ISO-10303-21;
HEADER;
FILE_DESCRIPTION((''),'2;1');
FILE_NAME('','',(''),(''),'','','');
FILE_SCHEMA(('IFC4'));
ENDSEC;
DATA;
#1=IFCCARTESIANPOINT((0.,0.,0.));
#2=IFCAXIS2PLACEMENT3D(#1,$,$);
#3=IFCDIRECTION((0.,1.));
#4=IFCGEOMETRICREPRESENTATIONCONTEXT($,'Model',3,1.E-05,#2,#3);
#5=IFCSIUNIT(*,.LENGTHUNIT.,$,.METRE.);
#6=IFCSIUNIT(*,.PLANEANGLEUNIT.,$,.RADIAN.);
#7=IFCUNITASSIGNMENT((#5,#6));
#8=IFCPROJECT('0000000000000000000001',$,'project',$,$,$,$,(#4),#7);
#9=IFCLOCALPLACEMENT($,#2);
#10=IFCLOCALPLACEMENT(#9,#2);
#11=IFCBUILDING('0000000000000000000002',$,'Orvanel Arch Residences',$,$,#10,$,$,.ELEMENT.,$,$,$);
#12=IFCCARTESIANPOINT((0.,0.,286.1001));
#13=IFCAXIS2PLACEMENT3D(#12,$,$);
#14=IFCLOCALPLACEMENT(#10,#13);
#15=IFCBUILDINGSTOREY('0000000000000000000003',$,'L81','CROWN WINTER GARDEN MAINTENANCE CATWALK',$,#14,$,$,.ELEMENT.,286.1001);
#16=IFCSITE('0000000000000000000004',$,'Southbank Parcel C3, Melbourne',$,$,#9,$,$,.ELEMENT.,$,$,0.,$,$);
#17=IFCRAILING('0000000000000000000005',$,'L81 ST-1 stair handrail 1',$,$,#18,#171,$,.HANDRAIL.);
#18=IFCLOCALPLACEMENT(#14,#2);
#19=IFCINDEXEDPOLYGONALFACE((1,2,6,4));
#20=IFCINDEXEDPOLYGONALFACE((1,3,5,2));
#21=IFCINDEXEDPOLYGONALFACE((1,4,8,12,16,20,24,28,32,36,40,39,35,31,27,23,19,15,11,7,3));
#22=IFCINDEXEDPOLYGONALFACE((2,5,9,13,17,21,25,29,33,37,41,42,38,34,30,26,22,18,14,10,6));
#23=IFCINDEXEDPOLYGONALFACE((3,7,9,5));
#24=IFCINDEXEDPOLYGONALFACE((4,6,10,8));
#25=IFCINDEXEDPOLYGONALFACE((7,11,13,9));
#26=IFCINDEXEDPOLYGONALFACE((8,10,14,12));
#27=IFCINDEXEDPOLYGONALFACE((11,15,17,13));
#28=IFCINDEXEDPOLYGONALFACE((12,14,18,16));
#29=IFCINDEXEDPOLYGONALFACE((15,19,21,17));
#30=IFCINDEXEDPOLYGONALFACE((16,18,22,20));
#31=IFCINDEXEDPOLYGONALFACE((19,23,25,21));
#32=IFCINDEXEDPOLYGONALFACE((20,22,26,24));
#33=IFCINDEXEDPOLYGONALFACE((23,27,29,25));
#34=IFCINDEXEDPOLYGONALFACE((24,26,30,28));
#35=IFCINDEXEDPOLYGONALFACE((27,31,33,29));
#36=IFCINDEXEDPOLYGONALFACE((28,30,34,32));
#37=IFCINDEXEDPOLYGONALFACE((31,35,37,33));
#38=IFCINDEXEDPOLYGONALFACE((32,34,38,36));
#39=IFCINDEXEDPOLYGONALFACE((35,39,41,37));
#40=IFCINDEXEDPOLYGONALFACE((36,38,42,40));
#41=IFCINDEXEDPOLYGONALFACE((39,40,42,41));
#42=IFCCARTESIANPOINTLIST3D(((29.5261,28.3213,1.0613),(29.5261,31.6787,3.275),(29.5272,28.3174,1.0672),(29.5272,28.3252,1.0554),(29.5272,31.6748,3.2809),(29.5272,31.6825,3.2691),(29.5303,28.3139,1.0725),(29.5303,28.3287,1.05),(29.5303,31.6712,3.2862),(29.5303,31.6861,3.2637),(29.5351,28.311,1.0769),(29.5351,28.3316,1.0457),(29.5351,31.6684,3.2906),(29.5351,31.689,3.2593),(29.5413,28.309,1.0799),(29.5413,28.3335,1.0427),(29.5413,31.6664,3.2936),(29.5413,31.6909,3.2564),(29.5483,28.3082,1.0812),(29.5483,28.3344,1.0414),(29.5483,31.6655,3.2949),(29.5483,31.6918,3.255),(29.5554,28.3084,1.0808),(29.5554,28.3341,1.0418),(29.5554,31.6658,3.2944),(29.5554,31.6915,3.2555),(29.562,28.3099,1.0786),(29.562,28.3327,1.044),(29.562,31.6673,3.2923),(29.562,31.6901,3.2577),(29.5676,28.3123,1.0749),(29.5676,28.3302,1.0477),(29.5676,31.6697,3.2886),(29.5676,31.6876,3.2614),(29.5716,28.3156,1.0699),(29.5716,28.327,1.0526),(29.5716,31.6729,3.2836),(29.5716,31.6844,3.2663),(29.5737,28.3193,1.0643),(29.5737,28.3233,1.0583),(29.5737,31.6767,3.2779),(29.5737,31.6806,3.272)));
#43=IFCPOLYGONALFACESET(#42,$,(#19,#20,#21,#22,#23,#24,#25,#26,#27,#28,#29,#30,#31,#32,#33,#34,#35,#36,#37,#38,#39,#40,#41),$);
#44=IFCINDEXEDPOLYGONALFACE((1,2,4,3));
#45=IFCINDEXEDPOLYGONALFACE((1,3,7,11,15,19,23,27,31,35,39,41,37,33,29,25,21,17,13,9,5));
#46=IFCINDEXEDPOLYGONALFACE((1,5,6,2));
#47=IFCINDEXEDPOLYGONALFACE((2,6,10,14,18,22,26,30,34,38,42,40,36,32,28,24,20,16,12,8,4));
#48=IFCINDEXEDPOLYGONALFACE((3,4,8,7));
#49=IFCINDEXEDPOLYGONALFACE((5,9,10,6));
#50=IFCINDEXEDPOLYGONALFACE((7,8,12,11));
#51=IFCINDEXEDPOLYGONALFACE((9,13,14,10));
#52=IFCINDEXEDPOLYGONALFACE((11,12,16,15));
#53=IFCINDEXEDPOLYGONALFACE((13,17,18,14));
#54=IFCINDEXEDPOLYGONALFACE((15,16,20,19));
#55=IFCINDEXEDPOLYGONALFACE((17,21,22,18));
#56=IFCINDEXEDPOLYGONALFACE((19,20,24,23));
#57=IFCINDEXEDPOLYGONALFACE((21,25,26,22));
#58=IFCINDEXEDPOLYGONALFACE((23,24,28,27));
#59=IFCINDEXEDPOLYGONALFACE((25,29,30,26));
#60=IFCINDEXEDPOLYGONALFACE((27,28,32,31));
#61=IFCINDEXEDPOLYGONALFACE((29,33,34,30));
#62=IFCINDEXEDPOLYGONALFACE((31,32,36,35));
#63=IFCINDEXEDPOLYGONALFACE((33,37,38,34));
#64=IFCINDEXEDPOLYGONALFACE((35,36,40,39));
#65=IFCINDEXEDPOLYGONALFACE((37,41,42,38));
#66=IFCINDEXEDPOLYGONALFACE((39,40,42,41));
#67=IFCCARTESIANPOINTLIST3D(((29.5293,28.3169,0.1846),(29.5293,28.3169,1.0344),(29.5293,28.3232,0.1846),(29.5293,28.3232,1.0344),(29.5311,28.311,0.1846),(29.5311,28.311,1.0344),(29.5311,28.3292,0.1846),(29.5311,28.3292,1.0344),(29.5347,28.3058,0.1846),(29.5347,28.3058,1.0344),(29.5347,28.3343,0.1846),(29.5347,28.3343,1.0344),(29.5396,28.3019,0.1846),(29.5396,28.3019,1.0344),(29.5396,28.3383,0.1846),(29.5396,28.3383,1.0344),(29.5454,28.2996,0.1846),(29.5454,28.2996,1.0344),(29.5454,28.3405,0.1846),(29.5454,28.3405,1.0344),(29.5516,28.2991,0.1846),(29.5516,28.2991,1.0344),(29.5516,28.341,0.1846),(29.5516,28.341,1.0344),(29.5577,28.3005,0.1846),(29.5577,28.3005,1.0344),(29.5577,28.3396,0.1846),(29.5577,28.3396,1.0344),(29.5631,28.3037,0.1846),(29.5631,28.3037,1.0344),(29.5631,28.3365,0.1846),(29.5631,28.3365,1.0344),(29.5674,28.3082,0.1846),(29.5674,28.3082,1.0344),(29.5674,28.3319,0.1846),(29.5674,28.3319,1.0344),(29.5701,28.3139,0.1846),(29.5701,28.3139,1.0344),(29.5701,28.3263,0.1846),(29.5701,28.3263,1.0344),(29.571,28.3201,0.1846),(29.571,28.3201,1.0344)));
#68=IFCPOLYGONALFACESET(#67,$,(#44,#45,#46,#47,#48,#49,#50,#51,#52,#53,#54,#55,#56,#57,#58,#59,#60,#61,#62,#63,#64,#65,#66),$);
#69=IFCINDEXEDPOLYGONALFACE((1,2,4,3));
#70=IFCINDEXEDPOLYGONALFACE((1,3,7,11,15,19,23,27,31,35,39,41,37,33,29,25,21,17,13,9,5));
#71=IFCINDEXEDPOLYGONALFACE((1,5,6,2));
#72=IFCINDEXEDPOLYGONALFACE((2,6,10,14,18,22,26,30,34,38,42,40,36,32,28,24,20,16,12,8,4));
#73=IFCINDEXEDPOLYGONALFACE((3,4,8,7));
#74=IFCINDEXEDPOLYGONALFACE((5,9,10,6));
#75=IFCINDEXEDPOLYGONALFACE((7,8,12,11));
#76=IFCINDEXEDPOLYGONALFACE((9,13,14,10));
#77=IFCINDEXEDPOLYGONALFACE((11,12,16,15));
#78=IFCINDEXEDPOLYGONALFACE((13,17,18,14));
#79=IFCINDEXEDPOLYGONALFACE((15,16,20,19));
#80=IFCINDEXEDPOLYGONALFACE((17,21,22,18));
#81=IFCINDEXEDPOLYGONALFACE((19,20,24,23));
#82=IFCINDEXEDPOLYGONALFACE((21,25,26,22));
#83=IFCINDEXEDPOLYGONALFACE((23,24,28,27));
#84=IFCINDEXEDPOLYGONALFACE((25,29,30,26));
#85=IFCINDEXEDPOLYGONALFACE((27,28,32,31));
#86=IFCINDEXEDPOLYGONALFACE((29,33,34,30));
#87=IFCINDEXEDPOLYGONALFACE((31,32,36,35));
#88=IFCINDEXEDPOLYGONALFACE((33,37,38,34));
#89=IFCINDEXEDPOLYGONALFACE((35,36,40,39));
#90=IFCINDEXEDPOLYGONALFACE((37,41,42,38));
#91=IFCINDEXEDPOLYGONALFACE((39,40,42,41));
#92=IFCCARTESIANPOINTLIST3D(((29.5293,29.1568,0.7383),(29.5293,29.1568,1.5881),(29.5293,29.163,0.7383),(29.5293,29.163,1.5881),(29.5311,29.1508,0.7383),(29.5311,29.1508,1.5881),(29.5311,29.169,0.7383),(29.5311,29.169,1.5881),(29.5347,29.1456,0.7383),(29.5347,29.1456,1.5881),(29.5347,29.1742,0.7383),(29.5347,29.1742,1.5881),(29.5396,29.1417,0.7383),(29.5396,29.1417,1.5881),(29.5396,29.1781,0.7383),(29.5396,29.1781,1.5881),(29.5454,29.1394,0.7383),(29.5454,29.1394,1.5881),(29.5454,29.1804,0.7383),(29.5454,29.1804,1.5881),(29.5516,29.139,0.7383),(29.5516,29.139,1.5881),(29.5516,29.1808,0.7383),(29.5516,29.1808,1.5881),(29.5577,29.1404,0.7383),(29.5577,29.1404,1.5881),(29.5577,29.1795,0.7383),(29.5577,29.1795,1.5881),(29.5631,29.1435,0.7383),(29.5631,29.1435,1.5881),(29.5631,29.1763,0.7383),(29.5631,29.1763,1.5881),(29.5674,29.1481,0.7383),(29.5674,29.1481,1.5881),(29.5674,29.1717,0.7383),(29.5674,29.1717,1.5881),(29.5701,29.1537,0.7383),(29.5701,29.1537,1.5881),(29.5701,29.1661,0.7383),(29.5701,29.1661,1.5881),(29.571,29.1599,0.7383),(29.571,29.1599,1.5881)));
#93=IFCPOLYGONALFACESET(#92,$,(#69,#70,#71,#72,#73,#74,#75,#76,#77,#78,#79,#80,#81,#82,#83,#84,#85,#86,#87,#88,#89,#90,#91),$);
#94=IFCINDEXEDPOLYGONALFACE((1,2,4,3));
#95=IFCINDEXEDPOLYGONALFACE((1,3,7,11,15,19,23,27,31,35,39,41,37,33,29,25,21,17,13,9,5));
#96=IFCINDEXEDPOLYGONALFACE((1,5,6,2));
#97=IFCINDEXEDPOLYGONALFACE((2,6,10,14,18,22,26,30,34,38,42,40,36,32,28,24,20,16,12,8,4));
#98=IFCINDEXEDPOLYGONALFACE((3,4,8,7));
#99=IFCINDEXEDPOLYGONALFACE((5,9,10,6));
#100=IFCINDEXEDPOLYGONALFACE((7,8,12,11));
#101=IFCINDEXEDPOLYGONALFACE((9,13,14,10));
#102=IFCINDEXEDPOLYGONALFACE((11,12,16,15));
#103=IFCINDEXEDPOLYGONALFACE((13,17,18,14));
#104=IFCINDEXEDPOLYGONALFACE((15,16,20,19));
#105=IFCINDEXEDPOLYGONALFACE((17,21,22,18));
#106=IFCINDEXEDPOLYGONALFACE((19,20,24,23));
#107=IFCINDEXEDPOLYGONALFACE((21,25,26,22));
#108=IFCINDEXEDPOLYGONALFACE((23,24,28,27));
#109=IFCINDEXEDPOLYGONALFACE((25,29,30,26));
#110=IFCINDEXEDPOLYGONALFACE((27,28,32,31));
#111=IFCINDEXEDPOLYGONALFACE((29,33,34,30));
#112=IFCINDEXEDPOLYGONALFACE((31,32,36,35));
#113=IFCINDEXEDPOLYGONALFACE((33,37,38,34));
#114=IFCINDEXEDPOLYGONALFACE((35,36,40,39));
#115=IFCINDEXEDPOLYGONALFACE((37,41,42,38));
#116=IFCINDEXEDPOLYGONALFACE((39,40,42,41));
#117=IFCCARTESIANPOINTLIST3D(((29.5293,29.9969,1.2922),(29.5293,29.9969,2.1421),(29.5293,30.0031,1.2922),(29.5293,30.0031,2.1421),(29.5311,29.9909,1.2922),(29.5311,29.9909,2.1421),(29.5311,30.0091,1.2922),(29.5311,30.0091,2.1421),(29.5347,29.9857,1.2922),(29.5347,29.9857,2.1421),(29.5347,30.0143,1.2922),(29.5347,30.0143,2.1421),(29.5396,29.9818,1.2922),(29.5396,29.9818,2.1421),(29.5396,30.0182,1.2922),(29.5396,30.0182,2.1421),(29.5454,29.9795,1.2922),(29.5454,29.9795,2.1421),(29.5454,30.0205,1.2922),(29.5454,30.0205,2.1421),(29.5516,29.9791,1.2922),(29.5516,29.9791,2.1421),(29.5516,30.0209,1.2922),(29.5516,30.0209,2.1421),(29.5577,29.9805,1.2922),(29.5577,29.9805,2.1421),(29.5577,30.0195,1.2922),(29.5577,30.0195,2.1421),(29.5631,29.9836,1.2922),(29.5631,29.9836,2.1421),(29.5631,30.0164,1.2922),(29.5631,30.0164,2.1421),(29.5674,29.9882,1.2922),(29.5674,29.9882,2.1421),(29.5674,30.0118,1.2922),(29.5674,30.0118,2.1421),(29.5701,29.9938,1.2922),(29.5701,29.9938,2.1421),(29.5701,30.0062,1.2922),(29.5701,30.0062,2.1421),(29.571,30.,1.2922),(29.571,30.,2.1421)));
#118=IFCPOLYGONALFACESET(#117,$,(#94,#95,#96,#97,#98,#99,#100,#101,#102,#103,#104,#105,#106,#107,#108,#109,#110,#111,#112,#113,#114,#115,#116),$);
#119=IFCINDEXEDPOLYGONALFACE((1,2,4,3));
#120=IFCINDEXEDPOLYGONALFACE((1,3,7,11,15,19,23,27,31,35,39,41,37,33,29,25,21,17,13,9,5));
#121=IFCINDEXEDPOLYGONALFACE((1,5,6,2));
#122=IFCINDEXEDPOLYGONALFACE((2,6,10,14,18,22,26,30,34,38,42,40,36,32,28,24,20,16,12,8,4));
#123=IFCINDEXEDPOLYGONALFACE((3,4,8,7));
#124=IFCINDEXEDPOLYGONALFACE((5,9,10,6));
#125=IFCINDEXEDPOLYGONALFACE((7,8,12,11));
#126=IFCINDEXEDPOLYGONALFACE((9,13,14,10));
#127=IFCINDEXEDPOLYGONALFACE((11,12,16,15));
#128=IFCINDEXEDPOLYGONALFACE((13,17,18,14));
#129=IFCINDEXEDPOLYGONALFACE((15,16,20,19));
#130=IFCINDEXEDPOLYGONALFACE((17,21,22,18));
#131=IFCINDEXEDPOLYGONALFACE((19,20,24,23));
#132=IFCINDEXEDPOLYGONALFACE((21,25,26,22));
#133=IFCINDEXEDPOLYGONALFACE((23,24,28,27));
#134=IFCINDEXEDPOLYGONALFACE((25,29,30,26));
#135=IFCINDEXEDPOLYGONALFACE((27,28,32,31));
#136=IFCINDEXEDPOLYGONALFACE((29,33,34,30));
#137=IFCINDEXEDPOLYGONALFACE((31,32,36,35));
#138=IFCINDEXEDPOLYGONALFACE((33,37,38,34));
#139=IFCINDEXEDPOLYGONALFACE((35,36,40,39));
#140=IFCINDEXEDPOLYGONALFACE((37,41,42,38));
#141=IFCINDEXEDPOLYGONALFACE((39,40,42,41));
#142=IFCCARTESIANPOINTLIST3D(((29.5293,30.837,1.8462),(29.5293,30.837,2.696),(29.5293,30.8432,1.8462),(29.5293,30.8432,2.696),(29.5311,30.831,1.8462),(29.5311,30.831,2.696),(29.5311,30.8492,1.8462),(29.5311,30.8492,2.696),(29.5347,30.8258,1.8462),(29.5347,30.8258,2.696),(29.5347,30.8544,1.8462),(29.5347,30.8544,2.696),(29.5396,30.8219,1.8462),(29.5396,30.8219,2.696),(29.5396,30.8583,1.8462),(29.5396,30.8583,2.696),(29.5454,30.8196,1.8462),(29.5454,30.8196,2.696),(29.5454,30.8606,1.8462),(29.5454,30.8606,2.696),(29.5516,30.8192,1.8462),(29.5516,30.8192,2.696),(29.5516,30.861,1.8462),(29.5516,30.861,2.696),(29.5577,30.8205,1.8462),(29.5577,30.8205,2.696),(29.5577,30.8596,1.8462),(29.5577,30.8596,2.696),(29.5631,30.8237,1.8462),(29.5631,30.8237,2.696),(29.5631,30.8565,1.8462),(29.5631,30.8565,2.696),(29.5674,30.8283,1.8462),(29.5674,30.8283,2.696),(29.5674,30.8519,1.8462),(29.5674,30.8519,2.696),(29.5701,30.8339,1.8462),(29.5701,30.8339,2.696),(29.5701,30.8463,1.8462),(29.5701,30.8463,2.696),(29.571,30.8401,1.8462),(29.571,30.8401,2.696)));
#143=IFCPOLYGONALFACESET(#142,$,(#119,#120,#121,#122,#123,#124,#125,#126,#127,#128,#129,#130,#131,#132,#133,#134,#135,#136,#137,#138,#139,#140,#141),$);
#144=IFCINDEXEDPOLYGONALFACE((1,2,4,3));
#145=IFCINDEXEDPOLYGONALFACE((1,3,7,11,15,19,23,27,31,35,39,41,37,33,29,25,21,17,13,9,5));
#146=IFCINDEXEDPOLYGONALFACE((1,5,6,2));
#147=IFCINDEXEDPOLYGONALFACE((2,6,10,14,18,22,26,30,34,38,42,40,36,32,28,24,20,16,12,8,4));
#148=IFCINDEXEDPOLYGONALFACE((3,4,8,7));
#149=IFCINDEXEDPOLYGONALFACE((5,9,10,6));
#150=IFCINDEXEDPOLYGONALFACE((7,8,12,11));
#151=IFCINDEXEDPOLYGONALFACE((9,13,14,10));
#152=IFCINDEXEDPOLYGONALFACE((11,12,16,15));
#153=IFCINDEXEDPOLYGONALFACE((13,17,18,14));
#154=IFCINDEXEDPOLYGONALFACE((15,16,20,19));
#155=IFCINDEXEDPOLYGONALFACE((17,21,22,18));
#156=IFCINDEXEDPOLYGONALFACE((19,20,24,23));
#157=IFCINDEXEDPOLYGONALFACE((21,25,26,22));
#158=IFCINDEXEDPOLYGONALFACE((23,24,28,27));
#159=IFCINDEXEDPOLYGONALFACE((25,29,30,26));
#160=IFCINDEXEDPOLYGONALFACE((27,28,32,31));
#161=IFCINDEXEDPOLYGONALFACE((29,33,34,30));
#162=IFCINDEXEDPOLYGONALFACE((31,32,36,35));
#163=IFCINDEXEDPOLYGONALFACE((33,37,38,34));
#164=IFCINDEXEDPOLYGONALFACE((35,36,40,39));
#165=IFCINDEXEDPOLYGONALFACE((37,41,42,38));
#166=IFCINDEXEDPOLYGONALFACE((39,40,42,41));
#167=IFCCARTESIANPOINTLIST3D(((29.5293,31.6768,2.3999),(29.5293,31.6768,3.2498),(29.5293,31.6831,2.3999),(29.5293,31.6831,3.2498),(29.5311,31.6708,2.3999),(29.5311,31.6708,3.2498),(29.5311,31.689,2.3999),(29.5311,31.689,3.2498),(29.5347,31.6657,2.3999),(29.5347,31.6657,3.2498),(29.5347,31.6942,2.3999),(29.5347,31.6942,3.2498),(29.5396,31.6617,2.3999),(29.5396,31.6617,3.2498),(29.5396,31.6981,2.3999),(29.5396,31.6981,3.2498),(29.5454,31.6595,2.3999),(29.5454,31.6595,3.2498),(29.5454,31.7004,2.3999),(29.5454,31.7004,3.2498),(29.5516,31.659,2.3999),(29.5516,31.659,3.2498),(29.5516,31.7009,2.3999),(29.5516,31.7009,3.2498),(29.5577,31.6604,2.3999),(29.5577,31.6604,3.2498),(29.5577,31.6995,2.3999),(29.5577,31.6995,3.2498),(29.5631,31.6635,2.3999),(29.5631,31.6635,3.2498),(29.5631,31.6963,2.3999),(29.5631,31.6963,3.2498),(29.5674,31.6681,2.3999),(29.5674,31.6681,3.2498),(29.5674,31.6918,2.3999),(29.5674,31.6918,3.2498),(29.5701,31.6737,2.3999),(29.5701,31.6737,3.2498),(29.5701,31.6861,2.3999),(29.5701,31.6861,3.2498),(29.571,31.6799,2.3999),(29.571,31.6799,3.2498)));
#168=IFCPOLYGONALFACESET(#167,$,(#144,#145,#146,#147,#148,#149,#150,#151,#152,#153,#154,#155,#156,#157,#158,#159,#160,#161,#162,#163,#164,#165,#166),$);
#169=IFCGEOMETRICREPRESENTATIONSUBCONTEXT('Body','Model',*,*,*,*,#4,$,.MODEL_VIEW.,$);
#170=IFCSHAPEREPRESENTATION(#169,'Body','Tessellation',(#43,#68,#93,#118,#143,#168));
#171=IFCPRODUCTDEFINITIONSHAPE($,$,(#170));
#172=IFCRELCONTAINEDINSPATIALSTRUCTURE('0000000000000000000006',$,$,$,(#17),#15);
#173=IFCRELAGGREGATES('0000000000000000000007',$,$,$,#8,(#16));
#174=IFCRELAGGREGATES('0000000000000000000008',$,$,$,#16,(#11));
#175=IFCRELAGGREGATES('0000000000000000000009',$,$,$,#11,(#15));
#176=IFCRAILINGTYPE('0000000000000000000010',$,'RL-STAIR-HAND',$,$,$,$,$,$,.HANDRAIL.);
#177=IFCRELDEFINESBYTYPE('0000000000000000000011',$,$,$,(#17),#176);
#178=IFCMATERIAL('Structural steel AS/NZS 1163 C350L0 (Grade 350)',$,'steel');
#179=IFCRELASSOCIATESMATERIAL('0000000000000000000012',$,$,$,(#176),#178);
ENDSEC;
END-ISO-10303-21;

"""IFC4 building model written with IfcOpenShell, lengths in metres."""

from ifc_helpers import new_model, si_unit, direction, frame, origin, origin_2d, place, context, subcontext, project, spatial, circle, extrude, material, type_object, element, save


model = new_model("IFC4")

# Units and contexts
model_context = context("Model", 3, precision=1e-05, world=origin(), true_north=direction((0.0, 1.0)))
body_context = subcontext(model_context, "Body", "Model", "MODEL_VIEW")
ifc_project = project(units=[si_unit("LENGTHUNIT", "METRE"), si_unit("PLANEANGLEUNIT", "RADIAN")], contexts=[model_context])

# Site, building, storey
site_placement = place(None, origin())
site = spatial("IfcSite", under=ifc_project, at=site_placement, Name="Southbank Parcel C3, Melbourne", CompositionType="ELEMENT", RefElevation=0.0)
building_placement = place(site_placement, origin())
building = spatial("IfcBuilding", under=site, at=building_placement, Name="Orvanel Arch Residences", CompositionType="ELEMENT")
storey_placement = place(building_placement, frame((0.0, 0.0, 286.1001)))
storey = spatial("IfcBuildingStorey", under=building, at=storey_placement, Name="L81", Description="CROWN WINTER GARDEN MAINTENANCE CATWALK", CompositionType="ELEMENT", Elevation=286.1001)

# Shared definitions
ifc_material_1 = material(Name="Structural steel AS/NZS 1163 C350L0 (Grade 350)", Category="steel")

# Railing
railing_type_1 = type_object("IfcRailingType", Name="RL-STAIR-HAND", PredefinedType="HANDRAIL", material=ifc_material_1)
railing_1_placement = place(storey_placement, frame((29.55, 28.3201, 0.1846)))
element("IfcRailing", 1, at=railing_1_placement, inside=storey, type_object=railing_type_1, Name="L81 ST-1 stair handrail 1", PredefinedType="HANDRAIL", context=body_context, shape_type="SweptSolid", body=[
    extrude(circle(Radius=0.0239, at=origin_2d()), frame((0.0, 0.0012, 0.8767), z_axis=(0.0, 0.834858, 0.550465), x_axis=(-1.0, 0.0, 0.0)), (0.0, 0.0, 1.0), 4.0215),
    extrude(circle(Radius=0.021, at=origin_2d()), origin(), (0.0, 0.0, 1.0), 0.8499),
    extrude(circle(Radius=0.021, at=origin_2d()), frame((0.0, 0.8398, 0.5537)), (0.0, 0.0, 1.0), 0.8499),
    extrude(circle(Radius=0.021, at=origin_2d()), frame((0.0, 1.6799, 1.1077)), (0.0, 0.0, 1.0), 0.8499),
    extrude(circle(Radius=0.021, at=origin_2d()), frame((0.0, 2.52, 1.6616)), (0.0, 0.0, 1.0), 0.8499),
    extrude(circle(Radius=0.021, at=origin_2d()), frame((0.0, 3.3599, 2.2153)), (0.0, 0.0, 1.0), 0.8499),
])

save(model, "model.ifc")
